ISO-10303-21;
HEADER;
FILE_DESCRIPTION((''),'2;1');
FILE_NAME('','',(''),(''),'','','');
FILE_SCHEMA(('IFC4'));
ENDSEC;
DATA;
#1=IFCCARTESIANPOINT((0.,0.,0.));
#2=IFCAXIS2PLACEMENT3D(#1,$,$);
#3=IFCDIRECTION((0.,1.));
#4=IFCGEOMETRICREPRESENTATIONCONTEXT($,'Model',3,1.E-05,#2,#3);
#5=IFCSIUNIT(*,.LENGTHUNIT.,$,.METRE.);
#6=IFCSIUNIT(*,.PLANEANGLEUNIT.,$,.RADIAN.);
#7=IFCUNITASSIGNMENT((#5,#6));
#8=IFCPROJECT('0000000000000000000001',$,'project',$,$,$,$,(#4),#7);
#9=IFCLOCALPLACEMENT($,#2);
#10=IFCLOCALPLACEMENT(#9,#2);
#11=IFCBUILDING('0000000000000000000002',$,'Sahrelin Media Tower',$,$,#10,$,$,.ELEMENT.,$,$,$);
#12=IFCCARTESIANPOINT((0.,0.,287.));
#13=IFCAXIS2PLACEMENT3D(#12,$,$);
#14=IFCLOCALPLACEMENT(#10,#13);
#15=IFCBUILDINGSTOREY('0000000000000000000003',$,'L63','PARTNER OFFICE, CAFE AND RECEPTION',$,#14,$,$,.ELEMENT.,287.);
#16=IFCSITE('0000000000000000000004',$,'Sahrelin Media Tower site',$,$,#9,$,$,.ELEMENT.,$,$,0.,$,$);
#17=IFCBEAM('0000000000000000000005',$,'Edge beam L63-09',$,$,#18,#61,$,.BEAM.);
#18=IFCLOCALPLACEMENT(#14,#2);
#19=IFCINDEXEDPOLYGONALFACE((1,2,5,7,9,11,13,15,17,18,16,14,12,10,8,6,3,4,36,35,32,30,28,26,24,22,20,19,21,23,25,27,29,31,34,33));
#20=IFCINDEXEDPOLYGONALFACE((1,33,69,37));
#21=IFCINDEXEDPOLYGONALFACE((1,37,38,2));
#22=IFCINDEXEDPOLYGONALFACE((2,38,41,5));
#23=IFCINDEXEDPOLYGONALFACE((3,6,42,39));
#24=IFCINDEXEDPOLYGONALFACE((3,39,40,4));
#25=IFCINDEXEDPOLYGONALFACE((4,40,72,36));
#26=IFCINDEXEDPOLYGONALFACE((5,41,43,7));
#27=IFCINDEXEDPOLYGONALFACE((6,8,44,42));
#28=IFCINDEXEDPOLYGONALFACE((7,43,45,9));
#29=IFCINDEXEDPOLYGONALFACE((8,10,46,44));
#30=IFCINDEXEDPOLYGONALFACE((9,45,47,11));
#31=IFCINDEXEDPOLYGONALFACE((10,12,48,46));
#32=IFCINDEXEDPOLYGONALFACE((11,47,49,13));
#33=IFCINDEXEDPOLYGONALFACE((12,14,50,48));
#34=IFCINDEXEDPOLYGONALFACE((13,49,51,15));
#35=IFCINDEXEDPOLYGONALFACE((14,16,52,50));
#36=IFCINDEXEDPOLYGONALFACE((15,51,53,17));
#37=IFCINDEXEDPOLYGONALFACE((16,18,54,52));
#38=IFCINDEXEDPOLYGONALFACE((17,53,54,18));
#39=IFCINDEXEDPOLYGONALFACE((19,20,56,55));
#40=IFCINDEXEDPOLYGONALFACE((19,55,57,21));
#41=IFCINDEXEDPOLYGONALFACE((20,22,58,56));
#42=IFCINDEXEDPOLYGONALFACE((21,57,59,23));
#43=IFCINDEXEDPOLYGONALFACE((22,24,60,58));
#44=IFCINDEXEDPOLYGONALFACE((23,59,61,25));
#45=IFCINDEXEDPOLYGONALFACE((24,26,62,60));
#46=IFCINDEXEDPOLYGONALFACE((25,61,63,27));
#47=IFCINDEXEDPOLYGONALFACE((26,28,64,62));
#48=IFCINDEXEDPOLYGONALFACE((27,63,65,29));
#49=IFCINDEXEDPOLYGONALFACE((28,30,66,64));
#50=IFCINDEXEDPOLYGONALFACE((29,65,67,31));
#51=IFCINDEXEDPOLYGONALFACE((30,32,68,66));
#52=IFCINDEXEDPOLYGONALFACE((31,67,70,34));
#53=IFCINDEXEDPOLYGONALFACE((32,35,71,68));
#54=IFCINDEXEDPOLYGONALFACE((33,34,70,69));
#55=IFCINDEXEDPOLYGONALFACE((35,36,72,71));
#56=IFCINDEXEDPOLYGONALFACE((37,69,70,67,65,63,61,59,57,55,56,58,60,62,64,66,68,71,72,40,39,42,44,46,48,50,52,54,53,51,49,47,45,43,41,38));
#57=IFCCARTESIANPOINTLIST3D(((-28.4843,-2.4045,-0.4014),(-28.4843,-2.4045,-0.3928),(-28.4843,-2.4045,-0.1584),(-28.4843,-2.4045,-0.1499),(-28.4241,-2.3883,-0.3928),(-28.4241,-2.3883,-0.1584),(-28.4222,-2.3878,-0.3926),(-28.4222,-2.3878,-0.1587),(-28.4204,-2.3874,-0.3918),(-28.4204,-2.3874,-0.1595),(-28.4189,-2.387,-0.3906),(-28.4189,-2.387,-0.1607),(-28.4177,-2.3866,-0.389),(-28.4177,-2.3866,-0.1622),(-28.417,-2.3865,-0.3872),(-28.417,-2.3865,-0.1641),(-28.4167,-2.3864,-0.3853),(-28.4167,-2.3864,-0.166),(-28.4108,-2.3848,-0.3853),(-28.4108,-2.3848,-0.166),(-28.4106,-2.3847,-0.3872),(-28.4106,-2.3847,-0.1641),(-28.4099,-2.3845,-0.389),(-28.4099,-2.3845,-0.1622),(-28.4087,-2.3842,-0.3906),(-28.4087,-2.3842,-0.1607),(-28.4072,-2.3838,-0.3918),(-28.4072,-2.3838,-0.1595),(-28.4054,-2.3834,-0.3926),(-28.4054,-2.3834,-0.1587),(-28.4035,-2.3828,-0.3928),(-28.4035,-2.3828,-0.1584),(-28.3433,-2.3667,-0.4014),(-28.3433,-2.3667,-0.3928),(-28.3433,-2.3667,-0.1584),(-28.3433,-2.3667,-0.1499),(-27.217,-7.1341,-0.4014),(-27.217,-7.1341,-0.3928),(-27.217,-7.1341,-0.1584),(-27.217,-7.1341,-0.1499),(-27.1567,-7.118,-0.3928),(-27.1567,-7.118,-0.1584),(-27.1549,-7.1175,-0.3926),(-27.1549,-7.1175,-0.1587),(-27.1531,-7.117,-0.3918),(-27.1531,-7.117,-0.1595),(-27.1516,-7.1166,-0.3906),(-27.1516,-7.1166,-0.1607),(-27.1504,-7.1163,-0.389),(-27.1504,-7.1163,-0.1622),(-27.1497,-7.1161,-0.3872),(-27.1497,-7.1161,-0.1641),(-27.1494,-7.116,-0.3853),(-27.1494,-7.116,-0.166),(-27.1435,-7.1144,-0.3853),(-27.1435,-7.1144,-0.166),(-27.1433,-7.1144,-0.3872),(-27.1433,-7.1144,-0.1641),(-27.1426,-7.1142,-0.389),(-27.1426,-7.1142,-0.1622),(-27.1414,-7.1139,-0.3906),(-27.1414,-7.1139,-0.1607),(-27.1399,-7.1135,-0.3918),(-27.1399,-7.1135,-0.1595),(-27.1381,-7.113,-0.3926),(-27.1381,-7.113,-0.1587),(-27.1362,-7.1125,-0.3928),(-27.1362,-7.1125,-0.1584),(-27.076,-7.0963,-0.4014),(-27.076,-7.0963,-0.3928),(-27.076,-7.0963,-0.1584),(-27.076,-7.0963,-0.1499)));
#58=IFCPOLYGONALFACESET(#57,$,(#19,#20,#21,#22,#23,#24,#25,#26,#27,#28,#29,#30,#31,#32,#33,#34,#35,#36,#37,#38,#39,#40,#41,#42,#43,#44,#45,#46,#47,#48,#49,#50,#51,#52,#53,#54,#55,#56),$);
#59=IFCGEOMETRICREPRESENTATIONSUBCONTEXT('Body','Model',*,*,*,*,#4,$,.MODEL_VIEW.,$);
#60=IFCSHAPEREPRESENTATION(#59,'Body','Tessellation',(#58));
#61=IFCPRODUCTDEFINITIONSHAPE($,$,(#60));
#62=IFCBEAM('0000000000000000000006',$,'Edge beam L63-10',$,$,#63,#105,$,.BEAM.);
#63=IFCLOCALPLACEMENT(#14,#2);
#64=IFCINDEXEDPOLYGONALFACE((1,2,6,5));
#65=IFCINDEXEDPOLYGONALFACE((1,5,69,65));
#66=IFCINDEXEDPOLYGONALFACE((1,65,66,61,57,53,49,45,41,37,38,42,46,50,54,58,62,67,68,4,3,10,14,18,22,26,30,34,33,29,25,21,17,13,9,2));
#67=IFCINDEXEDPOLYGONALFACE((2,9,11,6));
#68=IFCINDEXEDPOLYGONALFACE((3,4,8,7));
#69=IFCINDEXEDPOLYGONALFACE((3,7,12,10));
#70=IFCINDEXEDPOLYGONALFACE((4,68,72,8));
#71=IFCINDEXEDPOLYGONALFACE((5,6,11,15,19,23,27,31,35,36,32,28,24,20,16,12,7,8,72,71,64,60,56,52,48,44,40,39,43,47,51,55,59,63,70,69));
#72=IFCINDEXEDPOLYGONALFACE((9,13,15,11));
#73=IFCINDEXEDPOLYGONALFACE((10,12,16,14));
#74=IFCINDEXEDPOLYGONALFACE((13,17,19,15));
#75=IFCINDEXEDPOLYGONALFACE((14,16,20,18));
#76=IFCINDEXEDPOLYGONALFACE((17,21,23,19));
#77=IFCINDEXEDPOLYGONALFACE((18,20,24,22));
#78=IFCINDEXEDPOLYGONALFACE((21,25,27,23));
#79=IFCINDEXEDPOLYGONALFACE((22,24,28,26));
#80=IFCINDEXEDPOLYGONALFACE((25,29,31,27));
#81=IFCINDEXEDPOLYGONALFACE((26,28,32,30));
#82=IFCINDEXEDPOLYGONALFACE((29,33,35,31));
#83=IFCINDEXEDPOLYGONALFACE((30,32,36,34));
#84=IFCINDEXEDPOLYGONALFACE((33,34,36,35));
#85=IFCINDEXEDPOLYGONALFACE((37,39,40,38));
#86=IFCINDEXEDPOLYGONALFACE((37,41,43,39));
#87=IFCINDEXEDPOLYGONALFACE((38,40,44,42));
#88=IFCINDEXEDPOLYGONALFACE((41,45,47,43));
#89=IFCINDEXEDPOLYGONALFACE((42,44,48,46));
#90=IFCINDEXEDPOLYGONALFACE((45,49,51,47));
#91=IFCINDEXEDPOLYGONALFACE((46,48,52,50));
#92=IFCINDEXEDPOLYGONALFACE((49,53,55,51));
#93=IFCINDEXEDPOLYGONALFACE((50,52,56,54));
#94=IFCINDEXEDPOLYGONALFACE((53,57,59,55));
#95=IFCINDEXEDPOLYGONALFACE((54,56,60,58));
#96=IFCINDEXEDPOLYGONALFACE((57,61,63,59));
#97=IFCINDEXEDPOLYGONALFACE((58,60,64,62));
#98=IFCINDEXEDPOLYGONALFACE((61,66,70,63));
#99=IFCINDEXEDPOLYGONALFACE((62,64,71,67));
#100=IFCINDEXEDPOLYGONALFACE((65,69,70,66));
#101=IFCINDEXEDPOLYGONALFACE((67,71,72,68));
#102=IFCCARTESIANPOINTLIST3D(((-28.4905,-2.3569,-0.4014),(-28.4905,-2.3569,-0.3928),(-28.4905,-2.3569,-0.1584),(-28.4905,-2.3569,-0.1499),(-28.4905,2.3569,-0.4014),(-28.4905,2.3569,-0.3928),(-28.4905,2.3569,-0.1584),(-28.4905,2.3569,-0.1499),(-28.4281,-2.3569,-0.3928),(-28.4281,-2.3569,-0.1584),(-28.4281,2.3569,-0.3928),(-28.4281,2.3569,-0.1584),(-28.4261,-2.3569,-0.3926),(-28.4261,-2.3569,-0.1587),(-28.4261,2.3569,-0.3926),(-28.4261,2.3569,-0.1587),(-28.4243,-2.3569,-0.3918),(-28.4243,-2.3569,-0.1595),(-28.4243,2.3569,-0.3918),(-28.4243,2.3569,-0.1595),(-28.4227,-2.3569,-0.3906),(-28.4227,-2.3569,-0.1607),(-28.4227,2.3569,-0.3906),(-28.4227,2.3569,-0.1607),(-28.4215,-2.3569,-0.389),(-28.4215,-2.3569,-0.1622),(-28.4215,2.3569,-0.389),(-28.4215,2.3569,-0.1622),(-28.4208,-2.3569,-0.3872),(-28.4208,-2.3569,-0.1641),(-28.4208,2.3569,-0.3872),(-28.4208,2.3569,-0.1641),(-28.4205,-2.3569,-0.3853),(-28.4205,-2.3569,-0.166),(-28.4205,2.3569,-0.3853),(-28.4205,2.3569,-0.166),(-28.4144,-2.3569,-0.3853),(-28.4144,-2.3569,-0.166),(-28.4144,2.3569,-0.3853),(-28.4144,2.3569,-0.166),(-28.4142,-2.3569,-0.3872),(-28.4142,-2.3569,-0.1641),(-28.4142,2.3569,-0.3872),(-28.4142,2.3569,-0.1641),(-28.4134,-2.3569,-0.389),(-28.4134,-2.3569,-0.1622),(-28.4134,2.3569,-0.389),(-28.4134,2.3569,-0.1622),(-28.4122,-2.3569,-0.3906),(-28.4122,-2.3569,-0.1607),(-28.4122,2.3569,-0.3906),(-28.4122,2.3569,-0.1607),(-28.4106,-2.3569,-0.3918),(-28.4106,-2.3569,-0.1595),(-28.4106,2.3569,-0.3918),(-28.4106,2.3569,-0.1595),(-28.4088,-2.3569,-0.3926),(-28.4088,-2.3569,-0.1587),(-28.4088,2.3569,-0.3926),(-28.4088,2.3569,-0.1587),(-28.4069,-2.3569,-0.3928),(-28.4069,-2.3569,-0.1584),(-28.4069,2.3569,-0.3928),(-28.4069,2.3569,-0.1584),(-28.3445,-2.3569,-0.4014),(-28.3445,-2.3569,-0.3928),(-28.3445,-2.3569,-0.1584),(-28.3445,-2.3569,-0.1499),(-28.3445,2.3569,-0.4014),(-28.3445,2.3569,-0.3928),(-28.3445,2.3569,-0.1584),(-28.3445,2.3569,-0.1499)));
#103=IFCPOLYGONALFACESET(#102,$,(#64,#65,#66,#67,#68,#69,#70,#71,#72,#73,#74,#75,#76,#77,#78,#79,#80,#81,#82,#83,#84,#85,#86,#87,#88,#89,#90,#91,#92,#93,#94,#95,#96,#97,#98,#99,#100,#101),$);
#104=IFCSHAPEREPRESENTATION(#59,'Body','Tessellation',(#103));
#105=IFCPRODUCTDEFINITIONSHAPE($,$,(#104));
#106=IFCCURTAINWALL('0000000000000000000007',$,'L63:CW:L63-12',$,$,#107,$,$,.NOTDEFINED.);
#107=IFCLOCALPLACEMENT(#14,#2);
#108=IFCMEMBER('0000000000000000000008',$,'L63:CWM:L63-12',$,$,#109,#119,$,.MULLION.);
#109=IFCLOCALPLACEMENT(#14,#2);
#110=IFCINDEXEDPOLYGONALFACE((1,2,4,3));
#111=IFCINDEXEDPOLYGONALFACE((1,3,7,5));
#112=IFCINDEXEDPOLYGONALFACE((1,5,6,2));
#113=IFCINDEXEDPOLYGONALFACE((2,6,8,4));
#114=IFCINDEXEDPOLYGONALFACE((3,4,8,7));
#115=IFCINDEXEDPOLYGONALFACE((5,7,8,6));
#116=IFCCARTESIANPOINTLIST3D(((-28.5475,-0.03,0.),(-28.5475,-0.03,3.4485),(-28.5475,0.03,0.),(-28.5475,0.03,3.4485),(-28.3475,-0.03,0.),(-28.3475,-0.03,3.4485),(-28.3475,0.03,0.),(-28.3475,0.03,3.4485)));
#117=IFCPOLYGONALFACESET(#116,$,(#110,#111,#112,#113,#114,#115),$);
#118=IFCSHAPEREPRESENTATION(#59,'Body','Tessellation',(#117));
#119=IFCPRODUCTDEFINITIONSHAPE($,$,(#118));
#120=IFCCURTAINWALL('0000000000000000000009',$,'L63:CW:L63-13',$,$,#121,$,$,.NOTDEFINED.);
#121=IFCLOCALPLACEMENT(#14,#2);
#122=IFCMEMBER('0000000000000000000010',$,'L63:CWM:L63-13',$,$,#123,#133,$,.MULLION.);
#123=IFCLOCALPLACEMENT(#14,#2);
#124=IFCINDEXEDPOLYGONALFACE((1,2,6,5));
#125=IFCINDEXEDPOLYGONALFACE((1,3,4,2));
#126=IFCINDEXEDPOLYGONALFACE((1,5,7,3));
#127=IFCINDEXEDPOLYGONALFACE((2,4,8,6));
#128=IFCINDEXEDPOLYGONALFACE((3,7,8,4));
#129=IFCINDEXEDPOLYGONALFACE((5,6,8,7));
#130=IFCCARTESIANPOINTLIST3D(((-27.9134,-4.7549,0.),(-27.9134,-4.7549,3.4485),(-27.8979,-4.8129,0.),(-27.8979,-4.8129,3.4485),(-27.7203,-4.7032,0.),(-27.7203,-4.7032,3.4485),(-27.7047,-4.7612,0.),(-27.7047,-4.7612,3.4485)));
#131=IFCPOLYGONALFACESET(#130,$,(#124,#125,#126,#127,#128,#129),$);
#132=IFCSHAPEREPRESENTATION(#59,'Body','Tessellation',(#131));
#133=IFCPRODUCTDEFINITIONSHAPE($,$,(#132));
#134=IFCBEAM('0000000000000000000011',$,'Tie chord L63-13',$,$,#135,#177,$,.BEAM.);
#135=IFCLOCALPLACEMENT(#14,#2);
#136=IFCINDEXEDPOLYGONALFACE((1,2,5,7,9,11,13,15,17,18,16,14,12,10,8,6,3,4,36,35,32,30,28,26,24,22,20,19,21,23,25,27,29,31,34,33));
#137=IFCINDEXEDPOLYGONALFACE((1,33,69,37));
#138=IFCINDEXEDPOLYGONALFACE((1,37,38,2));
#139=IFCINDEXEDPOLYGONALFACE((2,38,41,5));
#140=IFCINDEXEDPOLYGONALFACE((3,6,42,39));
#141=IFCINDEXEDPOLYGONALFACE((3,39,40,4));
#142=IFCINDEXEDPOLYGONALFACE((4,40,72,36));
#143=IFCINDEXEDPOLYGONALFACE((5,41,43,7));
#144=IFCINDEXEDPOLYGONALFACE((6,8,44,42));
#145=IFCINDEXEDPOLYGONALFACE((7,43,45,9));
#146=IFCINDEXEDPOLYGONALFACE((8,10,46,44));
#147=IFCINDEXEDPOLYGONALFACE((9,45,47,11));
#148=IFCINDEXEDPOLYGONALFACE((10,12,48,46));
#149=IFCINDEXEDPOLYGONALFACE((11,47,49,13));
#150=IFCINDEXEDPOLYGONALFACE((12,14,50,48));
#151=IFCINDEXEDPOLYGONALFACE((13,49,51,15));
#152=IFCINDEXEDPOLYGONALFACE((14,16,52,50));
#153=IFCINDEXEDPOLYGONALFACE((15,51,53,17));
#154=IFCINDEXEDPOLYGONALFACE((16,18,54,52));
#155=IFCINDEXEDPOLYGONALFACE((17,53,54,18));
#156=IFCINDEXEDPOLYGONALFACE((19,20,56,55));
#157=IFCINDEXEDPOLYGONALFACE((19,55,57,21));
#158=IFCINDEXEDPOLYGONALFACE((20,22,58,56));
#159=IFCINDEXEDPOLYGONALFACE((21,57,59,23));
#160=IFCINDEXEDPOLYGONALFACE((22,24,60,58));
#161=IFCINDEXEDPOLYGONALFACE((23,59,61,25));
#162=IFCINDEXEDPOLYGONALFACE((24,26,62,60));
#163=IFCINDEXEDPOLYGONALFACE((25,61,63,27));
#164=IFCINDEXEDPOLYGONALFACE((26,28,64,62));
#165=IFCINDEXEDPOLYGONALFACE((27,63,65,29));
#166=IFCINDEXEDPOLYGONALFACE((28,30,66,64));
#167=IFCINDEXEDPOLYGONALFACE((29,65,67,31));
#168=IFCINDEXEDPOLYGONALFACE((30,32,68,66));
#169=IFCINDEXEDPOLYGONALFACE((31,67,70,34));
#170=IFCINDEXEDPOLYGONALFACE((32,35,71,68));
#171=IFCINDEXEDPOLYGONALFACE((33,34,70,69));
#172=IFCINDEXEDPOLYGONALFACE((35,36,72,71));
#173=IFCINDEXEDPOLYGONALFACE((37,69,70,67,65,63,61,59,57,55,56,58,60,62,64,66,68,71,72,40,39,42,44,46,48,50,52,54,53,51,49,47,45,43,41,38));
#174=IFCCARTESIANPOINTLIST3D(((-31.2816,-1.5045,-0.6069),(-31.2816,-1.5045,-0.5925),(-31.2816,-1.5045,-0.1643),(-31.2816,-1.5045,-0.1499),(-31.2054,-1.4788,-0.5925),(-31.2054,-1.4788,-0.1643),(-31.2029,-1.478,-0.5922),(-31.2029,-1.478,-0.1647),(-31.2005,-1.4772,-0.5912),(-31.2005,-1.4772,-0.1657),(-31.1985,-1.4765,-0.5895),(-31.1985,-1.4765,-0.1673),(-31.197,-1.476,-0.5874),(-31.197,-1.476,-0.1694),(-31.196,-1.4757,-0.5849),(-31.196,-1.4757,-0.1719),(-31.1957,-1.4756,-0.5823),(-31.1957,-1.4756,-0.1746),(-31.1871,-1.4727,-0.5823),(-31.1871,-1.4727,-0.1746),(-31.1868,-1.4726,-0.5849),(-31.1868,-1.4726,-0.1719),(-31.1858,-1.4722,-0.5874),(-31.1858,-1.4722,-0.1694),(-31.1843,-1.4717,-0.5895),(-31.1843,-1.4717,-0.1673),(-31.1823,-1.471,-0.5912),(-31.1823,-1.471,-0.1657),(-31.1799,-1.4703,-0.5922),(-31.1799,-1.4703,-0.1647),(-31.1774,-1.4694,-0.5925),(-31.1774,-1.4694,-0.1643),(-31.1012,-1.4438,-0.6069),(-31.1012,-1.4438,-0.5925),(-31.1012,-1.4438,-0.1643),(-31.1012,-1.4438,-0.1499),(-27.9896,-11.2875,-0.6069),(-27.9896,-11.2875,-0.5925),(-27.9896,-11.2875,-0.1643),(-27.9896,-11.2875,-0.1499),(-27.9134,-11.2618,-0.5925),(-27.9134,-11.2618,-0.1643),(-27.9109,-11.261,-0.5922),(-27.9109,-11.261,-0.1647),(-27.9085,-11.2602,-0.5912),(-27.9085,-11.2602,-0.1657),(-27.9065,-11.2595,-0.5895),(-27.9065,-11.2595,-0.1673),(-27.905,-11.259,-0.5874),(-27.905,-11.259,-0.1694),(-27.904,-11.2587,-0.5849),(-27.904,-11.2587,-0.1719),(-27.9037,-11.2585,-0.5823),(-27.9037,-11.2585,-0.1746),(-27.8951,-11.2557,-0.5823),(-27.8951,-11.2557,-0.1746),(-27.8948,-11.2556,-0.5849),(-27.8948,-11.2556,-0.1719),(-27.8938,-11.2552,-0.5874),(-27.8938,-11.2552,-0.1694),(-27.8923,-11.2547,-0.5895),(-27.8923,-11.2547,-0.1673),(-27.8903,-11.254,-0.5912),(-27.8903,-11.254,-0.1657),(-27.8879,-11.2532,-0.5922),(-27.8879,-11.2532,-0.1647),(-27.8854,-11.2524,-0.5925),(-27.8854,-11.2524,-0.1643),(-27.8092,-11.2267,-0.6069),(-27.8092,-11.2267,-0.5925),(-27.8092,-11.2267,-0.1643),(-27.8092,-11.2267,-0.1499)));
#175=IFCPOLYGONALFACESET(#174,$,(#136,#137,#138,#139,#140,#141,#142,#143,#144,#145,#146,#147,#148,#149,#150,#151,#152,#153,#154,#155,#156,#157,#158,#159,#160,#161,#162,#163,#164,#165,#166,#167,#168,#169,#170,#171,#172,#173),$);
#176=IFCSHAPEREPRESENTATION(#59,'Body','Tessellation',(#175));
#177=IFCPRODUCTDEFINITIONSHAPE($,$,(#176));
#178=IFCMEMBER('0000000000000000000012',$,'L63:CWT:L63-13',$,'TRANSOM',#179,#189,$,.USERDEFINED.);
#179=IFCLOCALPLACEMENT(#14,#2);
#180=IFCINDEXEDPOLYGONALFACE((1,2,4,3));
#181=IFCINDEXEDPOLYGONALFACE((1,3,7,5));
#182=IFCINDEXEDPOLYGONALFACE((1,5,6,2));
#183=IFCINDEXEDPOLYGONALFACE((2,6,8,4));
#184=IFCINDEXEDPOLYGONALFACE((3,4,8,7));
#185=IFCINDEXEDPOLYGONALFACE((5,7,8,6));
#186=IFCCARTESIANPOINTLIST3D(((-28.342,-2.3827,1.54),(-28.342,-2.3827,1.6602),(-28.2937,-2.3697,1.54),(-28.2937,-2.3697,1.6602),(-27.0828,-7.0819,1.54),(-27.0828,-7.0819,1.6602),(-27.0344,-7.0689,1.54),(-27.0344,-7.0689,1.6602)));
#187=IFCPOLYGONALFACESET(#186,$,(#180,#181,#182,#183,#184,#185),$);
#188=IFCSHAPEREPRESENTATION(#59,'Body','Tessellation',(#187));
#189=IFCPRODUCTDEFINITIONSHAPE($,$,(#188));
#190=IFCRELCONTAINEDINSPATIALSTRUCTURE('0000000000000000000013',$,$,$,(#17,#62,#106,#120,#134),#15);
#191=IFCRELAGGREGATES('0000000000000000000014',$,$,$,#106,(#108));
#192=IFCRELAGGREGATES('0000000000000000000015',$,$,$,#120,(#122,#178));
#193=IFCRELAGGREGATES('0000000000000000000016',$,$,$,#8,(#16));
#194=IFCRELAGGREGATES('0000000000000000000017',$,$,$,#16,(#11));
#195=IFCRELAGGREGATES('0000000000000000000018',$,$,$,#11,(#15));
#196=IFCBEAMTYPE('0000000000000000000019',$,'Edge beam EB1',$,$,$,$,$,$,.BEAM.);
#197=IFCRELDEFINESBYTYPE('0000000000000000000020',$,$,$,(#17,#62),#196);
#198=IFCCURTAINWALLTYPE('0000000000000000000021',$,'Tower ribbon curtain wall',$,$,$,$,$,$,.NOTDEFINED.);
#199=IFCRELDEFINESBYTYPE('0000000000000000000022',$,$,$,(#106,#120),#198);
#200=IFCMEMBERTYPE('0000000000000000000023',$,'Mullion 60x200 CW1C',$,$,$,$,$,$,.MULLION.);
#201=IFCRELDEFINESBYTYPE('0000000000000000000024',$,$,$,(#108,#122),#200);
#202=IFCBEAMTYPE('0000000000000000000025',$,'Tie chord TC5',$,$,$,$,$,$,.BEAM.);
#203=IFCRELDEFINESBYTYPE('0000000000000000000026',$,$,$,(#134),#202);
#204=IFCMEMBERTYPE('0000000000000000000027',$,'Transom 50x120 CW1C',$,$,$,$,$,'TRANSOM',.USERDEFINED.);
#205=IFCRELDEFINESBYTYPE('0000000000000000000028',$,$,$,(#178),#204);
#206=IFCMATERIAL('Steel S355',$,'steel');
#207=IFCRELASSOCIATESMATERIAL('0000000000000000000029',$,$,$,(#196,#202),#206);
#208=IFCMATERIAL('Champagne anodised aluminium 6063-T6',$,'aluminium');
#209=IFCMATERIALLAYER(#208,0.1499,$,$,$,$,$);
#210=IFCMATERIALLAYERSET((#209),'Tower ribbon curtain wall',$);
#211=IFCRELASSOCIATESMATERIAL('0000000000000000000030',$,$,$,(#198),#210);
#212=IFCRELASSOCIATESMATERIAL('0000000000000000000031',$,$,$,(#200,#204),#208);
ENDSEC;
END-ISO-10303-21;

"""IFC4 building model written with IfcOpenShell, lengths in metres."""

from ifc_helpers import new_model, si_unit, direction, frame, origin, origin_2d, place, context, subcontext, project, spatial, rectangle, i_section, extrude, material, layer, layer_set, material_profile, profile_set, type_object, element, aggregate, save


model = new_model("IFC4")

# Units and contexts
model_context = context("Model", 3, precision=1e-05, world=origin(), true_north=direction((0.0, 1.0)))
body_context = subcontext(model_context, "Body", "Model", "MODEL_VIEW")
ifc_project = project(units=[si_unit("LENGTHUNIT", "METRE"), si_unit("PLANEANGLEUNIT", "RADIAN")], contexts=[model_context])

# Site, building, storey
site_placement = place(None, origin())
site = spatial("IfcSite", under=ifc_project, at=site_placement, Name="Sahrelin Media Tower site", CompositionType="ELEMENT", RefElevation=0.0)
building_placement = place(site_placement, origin())
building = spatial("IfcBuilding", under=site, at=building_placement, Name="Sahrelin Media Tower", CompositionType="ELEMENT")
storey_placement = place(building_placement, frame((0.0, 0.0, 287.0)))
storey = spatial("IfcBuildingStorey", under=building, at=storey_placement, Name="L63", Description="PARTNER OFFICE, CAFE AND RECEPTION", CompositionType="ELEMENT", Elevation=287.0)

# Beams
ifc_material_1 = material(Name="Steel S355", Category="steel")
ifc_material_profile_1 = material_profile(ifc_material_1, i_section(OverallWidth=0.146, OverallDepth=0.2515, WebThickness=0.0061, FlangeThickness=0.0085, FilletRadius=0.0076, at=origin_2d()), Name="UB 254x146x31")
ifc_profile_set_1 = profile_set([ifc_material_profile_1], Name="Steel S355")
beam_type_1 = type_object("IfcBeamType", Name="Edge beam EB1", PredefinedType="BEAM", material=ifc_profile_set_1)
beam_1_placement = place(storey_placement, frame((-27.1465, -7.1152, -0.2756), z_axis=(-0.25882, 0.965926, 0.0), x_axis=(-0.965926, -0.25882, 0.0)))
element("IfcBeam", 1, at=beam_1_placement, inside=storey, type_object=beam_type_1, Name="Edge beam L63-09", PredefinedType="BEAM", context=body_context, shape_type="SweptSolid", body=[
    extrude(i_section(OverallWidth=0.146, OverallDepth=0.2515, WebThickness=0.0061, FlangeThickness=0.0085, FilletRadius=0.0076, at=origin_2d()), origin(), (0.0, 0.0, 1.0), 4.8965),
])
beam_2_placement = place(storey_placement, frame((-28.4175, -2.3569, -0.2756), z_axis=(0.0, 1.0, 0.0), x_axis=(-1.0, 0.0, 0.0)))
element("IfcBeam", 2, at=beam_2_placement, inside=storey, type_object=beam_type_1, Name="Edge beam L63-10", PredefinedType="BEAM", context=body_context, shape_type="SweptSolid", body=[
    extrude(i_section(OverallWidth=0.146, OverallDepth=0.2515, WebThickness=0.0061, FlangeThickness=0.0085, FilletRadius=0.0076, at=origin_2d()), origin(), (0.0, 0.0, 1.0), 4.7139),
])

# Curtain walls, members
ifc_material_2 = material(Name="Champagne anodised aluminium 6063-T6", Category="aluminium")
ifc_layer_1 = layer(ifc_material_2, 0.1499)
ifc_layer_set_1 = layer_set([ifc_layer_1], Name="Tower ribbon curtain wall")
curtain_wall_type = type_object("IfcCurtainWallType", Name="Tower ribbon curtain wall", PredefinedType="NOTDEFINED", material=ifc_layer_set_1)
curtain_wall_1_placement = place(storey_placement, frame((-28.5674, 0.0, 0.0), z_axis=(0.0, 0.0, 1.0), x_axis=(1.0, 0.0, 0.0)))
curtain_wall_1 = element("IfcCurtainWall", 3, at=curtain_wall_1_placement, inside=storey, type_object=curtain_wall_type, Name="L63:CW:L63-12", PredefinedType="NOTDEFINED")
ifc_material_profile_2 = material_profile(ifc_material_2, rectangle(XDim=0.0601, YDim=0.2, at=origin_2d()), Name="Mullion 60x200")
ifc_profile_set_2 = profile_set([ifc_material_profile_2], Name="Champagne anodised aluminium 6063-T6")
member_type_1 = type_object("IfcMemberType", Name="Mullion 60x200 CW1C", PredefinedType="MULLION", material=ifc_profile_set_2)
member_1_placement = place(storey_placement, frame((-28.4475, 0.0, 0.0), z_axis=(0.0, 0.0, 1.0), x_axis=(0.0, -1.0, 0.0)))
member_1 = element("IfcMember", 4, at=member_1_placement, type_object=member_type_1, Name="L63:CWM:L63-12", PredefinedType="MULLION", context=body_context, shape_type="SweptSolid", body=[
    extrude(rectangle(XDim=0.0601, YDim=0.2, at=origin_2d()), origin(), (0.0, 0.0, 1.0), 3.4485),
])
aggregate(curtain_wall_1, [member_1])
curtain_wall_2_placement = place(storey_placement, frame((-27.9248, -4.7893, 0.0), z_axis=(0.0, 0.0, 1.0), x_axis=(1.0, 0.0, 0.0)))
curtain_wall_2 = element("IfcCurtainWall", 5, at=curtain_wall_2_placement, inside=storey, type_object=curtain_wall_type, Name="L63:CW:L63-13", PredefinedType="NOTDEFINED")
member_2_placement = place(storey_placement, frame((-27.8091, -4.7581, 0.0), z_axis=(0.0, 0.0, 1.0), x_axis=(0.258822, -0.965925, 0.0)))
member_2 = element("IfcMember", 6, at=member_2_placement, type_object=member_type_1, Name="L63:CWM:L63-13", PredefinedType="MULLION", context=body_context, shape_type="SweptSolid", body=[
    extrude(rectangle(XDim=0.0601, YDim=0.2, at=origin_2d()), origin(), (0.0, 0.0, 1.0), 3.4485),
])

# Beam
ifc_material_profile_3 = material_profile(ifc_material_1, i_section(OverallWidth=0.1904, OverallDepth=0.457, WebThickness=0.009, FlangeThickness=0.0144, FilletRadius=0.0103, at=origin_2d()), Name="UB 457x191x74")
ifc_profile_set_3 = profile_set([ifc_material_profile_3], Name="Steel S355")
beam_type_2 = type_object("IfcBeamType", Name="Tie chord TC5", PredefinedType="BEAM", material=ifc_profile_set_3)
beam_3_placement = place(storey_placement, frame((-31.1914, -1.4741, -0.3784), z_axis=(0.31893, -0.947778, 0.0), x_axis=(0.947778, 0.31893, 0.0)))
element("IfcBeam", 7, at=beam_3_placement, inside=storey, type_object=beam_type_2, Name="Tie chord L63-13", PredefinedType="BEAM", context=body_context, shape_type="SweptSolid", body=[
    extrude(i_section(OverallWidth=0.1904, OverallDepth=0.457, WebThickness=0.009, FlangeThickness=0.0144, FilletRadius=0.0103, at=origin_2d()), origin(), (0.0, 0.0, 1.0), 10.322),
])

# Member
ifc_material_profile_4 = material_profile(ifc_material_2, rectangle(XDim=0.05, YDim=0.1201, at=origin_2d()), Name="Transom 50x120")
ifc_profile_set_4 = profile_set([ifc_material_profile_4], Name="Champagne anodised aluminium 6063-T6")
member_type_2 = type_object("IfcMemberType", Name="Transom 50x120 CW1C", ElementType="TRANSOM", PredefinedType="USERDEFINED", material=ifc_profile_set_4)
member_3_placement = place(storey_placement, frame((-28.3179, -2.3762, 1.6001), z_axis=(0.258843, -0.965919, 0.0), x_axis=(0.965919, 0.258843, 0.0)))
member_3 = element("IfcMember", 8, at=member_3_placement, type_object=member_type_2, Name="L63:CWT:L63-13", ObjectType="TRANSOM", PredefinedType="USERDEFINED", context=body_context, shape_type="SweptSolid", body=[
    extrude(rectangle(XDim=0.05, YDim=0.1201, at=origin_2d()), origin(), (0.0, 0.0, 1.0), 4.865),
])

aggregate(curtain_wall_2, [member_2, member_3])

save(model, "model.ifc")
